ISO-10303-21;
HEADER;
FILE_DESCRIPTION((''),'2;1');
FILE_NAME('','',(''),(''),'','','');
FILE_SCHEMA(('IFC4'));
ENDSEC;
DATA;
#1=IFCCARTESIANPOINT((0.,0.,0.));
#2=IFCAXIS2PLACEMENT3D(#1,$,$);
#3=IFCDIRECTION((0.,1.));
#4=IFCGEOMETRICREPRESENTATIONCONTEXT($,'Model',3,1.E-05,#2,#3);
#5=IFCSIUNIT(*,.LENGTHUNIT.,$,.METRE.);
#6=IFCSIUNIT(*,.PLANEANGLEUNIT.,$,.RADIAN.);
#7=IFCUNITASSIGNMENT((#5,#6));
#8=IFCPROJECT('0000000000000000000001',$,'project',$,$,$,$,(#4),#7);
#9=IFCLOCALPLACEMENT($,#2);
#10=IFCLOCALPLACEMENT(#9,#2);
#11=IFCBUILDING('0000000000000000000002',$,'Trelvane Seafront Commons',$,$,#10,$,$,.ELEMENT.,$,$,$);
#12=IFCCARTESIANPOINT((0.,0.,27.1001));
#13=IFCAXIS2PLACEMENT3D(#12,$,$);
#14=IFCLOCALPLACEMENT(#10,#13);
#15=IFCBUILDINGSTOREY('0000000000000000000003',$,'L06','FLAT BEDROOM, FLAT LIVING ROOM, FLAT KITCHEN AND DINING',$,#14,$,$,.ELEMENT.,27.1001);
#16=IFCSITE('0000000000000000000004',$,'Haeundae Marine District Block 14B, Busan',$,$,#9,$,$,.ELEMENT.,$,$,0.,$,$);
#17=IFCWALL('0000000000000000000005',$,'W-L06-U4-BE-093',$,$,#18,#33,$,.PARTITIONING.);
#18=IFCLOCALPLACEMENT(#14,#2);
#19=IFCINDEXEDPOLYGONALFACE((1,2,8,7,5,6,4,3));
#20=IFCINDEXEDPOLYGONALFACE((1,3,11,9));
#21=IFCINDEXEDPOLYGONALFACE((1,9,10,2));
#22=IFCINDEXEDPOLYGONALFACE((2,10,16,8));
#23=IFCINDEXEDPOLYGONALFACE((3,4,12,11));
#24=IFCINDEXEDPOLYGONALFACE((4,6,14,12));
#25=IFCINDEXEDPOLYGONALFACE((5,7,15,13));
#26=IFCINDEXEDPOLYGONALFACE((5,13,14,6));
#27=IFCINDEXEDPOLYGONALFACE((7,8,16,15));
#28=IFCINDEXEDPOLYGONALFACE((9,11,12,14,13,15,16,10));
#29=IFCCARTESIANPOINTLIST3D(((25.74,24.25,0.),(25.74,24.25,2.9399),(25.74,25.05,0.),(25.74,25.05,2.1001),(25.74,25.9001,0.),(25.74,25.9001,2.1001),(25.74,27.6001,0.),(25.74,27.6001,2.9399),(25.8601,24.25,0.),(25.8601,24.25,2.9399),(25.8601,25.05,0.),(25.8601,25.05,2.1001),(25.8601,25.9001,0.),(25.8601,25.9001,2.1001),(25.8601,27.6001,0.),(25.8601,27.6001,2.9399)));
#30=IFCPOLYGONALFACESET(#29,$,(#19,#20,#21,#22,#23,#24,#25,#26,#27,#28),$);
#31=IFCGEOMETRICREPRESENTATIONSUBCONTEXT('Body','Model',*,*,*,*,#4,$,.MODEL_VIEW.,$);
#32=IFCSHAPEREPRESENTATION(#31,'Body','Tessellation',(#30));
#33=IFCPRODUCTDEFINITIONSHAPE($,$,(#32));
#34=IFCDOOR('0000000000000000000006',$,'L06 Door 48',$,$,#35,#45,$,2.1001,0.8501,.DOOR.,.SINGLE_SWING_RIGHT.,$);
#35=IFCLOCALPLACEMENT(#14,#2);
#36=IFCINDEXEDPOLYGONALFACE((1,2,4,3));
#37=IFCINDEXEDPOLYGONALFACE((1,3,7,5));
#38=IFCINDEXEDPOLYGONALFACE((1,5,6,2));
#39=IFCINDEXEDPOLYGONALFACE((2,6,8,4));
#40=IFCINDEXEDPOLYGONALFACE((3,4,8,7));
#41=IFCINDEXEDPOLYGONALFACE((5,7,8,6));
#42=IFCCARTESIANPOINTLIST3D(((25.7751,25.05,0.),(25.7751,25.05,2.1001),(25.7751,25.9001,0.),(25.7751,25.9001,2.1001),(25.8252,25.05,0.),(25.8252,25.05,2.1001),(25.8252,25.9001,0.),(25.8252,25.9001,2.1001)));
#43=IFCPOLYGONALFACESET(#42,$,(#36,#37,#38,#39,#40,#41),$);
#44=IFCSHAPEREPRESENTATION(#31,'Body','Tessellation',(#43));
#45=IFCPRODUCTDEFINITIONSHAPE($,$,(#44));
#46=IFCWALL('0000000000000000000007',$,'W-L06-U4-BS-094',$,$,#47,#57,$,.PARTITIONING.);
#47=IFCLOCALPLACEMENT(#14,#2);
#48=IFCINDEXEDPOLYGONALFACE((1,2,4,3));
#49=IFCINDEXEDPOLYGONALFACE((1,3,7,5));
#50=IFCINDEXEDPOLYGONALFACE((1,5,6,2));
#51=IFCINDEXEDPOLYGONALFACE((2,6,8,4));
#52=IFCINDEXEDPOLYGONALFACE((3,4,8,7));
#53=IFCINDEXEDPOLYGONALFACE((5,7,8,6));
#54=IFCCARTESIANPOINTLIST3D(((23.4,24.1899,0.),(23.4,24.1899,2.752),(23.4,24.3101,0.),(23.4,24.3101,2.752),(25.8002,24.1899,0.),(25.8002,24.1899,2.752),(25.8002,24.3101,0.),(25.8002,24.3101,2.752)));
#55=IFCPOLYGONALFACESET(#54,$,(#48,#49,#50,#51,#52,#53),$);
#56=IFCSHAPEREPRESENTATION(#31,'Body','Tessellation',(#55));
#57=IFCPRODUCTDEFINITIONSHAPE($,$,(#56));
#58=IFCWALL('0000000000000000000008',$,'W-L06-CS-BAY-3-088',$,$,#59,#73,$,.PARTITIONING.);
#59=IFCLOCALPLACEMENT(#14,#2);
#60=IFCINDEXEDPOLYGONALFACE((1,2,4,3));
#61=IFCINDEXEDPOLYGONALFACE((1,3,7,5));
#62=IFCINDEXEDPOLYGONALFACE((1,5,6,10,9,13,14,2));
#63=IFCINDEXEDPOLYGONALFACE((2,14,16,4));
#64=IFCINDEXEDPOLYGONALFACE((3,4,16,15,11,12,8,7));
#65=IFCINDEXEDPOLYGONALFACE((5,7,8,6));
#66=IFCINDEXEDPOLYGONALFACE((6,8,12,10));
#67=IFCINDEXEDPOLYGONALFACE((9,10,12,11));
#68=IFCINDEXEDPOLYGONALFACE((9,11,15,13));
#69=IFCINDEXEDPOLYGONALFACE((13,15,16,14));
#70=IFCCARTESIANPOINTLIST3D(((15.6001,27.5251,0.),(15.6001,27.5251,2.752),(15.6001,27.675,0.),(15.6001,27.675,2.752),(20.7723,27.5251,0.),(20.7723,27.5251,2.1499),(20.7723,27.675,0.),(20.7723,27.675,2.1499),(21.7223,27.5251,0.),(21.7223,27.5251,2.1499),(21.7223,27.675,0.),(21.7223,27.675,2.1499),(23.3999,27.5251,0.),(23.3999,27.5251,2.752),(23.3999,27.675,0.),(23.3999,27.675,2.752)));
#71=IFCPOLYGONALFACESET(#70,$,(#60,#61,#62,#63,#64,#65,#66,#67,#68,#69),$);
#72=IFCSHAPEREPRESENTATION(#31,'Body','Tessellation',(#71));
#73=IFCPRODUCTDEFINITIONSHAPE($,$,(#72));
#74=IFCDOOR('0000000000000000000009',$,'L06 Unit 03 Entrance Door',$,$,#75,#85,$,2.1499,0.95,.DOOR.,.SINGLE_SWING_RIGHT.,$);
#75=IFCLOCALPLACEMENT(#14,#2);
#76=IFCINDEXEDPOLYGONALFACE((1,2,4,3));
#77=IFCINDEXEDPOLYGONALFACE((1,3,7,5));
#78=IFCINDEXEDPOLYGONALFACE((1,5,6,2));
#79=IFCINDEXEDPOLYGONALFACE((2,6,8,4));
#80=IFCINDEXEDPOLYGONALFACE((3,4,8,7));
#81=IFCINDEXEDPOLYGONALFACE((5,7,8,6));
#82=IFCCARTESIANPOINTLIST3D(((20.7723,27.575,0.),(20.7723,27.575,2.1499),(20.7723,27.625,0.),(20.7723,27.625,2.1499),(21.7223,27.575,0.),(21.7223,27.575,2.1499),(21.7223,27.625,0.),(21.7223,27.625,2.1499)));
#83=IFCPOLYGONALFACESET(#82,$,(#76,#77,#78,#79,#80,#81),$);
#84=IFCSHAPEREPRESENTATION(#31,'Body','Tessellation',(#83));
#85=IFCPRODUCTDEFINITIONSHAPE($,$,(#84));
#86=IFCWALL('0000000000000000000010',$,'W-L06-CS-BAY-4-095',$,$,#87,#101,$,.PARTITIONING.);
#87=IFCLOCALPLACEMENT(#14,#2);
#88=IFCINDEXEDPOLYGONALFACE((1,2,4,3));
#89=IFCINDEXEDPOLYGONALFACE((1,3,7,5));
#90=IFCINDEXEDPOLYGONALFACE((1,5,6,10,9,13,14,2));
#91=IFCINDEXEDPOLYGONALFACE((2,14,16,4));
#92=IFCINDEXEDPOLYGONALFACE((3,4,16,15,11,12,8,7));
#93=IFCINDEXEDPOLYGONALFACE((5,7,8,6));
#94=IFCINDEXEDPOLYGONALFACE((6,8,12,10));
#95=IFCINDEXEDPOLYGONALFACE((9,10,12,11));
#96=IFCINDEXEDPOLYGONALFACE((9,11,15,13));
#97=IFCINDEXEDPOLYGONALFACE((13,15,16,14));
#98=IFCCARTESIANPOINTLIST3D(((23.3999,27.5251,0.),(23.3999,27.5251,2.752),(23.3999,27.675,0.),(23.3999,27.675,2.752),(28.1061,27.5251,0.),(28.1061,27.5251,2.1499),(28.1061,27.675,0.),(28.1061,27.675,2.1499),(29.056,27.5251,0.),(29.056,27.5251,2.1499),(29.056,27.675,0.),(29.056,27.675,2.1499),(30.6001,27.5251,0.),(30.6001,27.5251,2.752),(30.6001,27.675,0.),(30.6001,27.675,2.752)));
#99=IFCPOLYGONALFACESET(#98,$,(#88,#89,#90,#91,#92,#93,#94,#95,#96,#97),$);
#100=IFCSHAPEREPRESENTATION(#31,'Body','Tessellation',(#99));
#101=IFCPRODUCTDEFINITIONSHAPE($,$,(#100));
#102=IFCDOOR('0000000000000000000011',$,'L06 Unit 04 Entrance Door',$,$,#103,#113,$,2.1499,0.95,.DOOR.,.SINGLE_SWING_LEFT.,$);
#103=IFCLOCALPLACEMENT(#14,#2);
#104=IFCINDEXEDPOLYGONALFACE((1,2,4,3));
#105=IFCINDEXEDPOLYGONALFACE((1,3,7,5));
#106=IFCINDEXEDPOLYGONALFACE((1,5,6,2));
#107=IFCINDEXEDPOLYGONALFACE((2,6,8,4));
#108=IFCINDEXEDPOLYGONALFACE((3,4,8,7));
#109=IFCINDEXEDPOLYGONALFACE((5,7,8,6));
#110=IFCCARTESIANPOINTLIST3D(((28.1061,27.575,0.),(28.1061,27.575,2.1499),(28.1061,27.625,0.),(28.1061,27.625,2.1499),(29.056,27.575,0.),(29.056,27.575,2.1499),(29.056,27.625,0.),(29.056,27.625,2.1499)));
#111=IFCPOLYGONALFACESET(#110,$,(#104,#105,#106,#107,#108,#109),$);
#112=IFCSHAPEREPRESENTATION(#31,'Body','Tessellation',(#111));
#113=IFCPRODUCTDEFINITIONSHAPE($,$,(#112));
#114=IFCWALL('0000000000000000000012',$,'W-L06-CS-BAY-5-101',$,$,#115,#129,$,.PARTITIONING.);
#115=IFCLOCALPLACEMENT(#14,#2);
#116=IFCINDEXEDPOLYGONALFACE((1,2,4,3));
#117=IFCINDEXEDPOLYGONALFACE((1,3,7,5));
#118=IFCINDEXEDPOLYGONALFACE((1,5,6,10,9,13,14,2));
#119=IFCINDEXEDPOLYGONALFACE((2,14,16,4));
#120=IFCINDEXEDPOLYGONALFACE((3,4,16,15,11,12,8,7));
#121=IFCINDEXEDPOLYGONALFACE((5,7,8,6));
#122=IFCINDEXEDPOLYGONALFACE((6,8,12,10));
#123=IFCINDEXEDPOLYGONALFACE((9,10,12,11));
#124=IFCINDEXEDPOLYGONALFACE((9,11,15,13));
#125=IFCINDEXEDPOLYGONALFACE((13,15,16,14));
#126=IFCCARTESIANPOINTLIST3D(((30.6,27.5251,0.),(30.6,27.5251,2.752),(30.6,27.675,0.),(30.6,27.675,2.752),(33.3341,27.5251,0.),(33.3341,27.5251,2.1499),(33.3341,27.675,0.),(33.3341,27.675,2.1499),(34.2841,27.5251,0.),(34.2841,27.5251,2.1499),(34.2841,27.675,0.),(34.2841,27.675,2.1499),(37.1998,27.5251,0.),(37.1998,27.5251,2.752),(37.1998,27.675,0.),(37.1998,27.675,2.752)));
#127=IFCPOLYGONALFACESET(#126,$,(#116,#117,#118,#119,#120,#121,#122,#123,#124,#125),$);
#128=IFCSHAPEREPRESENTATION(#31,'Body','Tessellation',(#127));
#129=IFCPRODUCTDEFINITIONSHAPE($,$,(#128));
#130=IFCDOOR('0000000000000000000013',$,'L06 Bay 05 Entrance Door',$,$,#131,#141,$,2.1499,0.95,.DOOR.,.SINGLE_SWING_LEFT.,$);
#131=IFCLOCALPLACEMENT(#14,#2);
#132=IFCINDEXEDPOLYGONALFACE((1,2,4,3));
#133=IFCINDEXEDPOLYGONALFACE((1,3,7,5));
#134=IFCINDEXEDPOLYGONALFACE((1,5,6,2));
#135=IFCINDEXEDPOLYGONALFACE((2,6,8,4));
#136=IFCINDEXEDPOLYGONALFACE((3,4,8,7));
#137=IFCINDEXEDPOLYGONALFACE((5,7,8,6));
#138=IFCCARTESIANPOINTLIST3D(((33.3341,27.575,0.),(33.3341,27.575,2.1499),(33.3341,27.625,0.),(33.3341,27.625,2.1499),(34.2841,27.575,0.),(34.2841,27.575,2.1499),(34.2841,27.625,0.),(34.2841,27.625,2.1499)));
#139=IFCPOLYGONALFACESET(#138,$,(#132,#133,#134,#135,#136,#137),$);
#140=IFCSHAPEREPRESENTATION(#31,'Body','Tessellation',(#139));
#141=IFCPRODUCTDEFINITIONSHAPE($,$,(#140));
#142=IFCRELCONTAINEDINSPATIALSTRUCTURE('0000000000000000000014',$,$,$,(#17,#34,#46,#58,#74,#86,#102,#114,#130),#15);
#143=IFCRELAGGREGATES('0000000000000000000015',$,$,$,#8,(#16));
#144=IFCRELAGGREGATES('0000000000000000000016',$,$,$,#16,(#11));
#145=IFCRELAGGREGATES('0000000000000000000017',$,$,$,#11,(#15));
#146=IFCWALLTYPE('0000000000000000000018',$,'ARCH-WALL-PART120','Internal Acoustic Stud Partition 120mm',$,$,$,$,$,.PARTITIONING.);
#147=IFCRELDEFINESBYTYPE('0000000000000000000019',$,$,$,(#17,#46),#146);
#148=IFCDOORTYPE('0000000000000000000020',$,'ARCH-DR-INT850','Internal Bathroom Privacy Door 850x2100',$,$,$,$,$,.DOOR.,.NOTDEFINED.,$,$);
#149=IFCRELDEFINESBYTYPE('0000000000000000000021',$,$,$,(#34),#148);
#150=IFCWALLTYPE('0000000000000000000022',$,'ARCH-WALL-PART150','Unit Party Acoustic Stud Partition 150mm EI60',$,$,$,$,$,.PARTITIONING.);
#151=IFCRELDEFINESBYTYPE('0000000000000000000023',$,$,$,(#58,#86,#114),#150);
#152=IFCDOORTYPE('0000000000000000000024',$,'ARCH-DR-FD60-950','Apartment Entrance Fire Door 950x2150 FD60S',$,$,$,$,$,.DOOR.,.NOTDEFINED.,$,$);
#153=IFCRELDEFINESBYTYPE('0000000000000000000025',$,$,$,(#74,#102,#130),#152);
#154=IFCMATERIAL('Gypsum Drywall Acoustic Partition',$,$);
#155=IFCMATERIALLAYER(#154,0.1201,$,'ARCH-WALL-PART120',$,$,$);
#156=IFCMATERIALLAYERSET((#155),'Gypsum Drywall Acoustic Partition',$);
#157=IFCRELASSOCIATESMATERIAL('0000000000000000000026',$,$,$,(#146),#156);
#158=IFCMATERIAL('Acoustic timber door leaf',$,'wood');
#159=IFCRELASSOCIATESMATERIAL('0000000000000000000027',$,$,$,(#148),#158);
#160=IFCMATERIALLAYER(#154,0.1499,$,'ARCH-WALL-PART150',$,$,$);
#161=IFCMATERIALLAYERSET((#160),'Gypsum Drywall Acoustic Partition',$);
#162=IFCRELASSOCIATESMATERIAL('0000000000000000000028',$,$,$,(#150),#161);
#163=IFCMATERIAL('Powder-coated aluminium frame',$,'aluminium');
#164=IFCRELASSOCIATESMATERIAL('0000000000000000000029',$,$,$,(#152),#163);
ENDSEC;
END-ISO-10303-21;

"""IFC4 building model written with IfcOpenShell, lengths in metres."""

from ifc_helpers import new_model, si_unit, direction, frame, frame_2d, origin, place, context, subcontext, project, spatial, rectangle, extrude, source, transform, mapped, material, layer, layer_set, type_object, element, fill, save


model = new_model("IFC4")

# Units and contexts
model_context = context("Model", 3, precision=1e-05, world=origin(), true_north=direction((0.0, 1.0)))
body_context = subcontext(model_context, "Body", "Model", "MODEL_VIEW")
ifc_project = project(units=[si_unit("LENGTHUNIT", "METRE"), si_unit("PLANEANGLEUNIT", "RADIAN")], contexts=[model_context])

# Site, building, storey
site_placement = place(None, origin())
site = spatial("IfcSite", under=ifc_project, at=site_placement, Name="Haeundae Marine District Block 14B, Busan", CompositionType="ELEMENT", RefElevation=0.0)
building_placement = place(site_placement, origin())
building = spatial("IfcBuilding", under=site, at=building_placement, Name="Trelvane Seafront Commons", CompositionType="ELEMENT")
storey_placement = place(building_placement, frame((0.0, 0.0, 27.1001)))
storey = spatial("IfcBuildingStorey", under=building, at=storey_placement, Name="L06", Description="FLAT BEDROOM, FLAT LIVING ROOM, FLAT KITCHEN AND DINING", CompositionType="ELEMENT", Elevation=27.1001)

# Shared definitions
ifc_material_1 = material(Name="Gypsum Drywall Acoustic Partition")
ifc_layer_1 = layer(ifc_material_1, 0.1201, Name="ARCH-WALL-PART120")
ifc_layer_set_1 = layer_set([ifc_layer_1], Name="Gypsum Drywall Acoustic Partition")
wall_type_1 = type_object("IfcWallType", Name="ARCH-WALL-PART120", Description="Internal Acoustic Stud Partition 120mm", PredefinedType="PARTITIONING", material=ifc_layer_set_1)
ifc_material_2 = material(Name="Acoustic timber door leaf", Category="wood")
shared_shape_1 = source(origin(), body_context, "Body", "SweptSolid", [
    extrude(rectangle(XDim=0.95, YDim=2.1499, at=frame_2d((0.4751, 1.075))), frame((0.0, 0.0249, 0.0), z_axis=(0.0, -1.0, 0.0), x_axis=(1.0, 0.0, 0.0)), (0.0, 0.0, 1.0), 0.05),
])

# Wall, opening, door
door_type_1 = type_object("IfcDoorType", Name="ARCH-DR-INT850", Description="Internal Bathroom Privacy Door 850x2100", OperationType="NOTDEFINED", PredefinedType="DOOR", material=ifc_material_2)
shared_shape_2 = source(origin(), body_context, "Body", "SweptSolid", [
    extrude(rectangle(XDim=0.8501, YDim=2.1001, at=frame_2d((0.425, 1.05))), frame((0.0, 0.0249, 0.0), z_axis=(0.0, -1.0, 0.0), x_axis=(1.0, 0.0, 0.0)), (0.0, 0.0, 1.0), 0.05),
])
wall_1_placement = place(storey_placement, frame((25.8, 24.25, 0.0), z_axis=(0.0, 0.0, 1.0), x_axis=(0.0, 1.0, 0.0)))
wall_1 = element("IfcWall", 1, at=wall_1_placement, inside=storey, type_object=wall_type_1, Name="W-L06-U4-BE-093", PredefinedType="PARTITIONING", context=body_context, shape_type="SweptSolid", body=[
    extrude(rectangle(XDim=3.3501, YDim=0.1201, at=frame_2d((1.675, 0.0))), origin(), (0.0, 0.0, 1.0), 2.9399),
])
opening_1_placement = place(wall_1_placement, frame((0.8, 0.0, 0.0)))
opening_1 = element("IfcOpeningElement", 2, at=opening_1_placement, cuts=wall_1, PredefinedType="OPENING", context=body_context, shape_type="SweptSolid", body=[
    extrude(rectangle(XDim=0.8501, YDim=2.1001, at=frame_2d((0.425, 1.05))), frame((0.0, 0.0701, 0.0), z_axis=(0.0, -1.0, 0.0), x_axis=(1.0, 0.0, 0.0)), (0.0, 0.0, 1.0), 0.1401),
])
door_1_placement = place(opening_1_placement, origin())
door_1 = element("IfcDoor", 3, at=door_1_placement, inside=storey, type_object=door_type_1, Name="L06 Door 48", OperationType="SINGLE_SWING_RIGHT", OverallHeight=2.1001, OverallWidth=0.8501, PredefinedType="DOOR", context=body_context, shape_type="MappedRepresentation", body=[
    mapped(shared_shape_2, transform((0.0, 0.0, 0.0), x_axis=(1.0, 0.0, 0.0), y_axis=(0.0, 1.0, 0.0), z_axis=(0.0, 0.0, 1.0), scale=1.0)),
])
fill(opening_1, door_1)

# Wall
wall_2_placement = place(storey_placement, frame((23.3999, 24.25, 0.0), z_axis=(0.0, 0.0, 1.0), x_axis=(1.0, 0.0, 0.0)))
element("IfcWall", 4, at=wall_2_placement, inside=storey, type_object=wall_type_1, Name="W-L06-U4-BS-094", PredefinedType="PARTITIONING", context=body_context, shape_type="SweptSolid", body=[
    extrude(rectangle(XDim=2.4001, YDim=0.1201, at=frame_2d((1.2002, 0.0))), origin(), (0.0, 0.0, 1.0), 2.752),
])

# Walls, openings, doors
ifc_layer_2 = layer(ifc_material_1, 0.1499, Name="ARCH-WALL-PART150")
ifc_layer_set_2 = layer_set([ifc_layer_2], Name="Gypsum Drywall Acoustic Partition")
wall_type_2 = type_object("IfcWallType", Name="ARCH-WALL-PART150", Description="Unit Party Acoustic Stud Partition 150mm EI60", PredefinedType="PARTITIONING", material=ifc_layer_set_2)
wall_3_placement = place(storey_placement, frame((15.6001, 27.6001, 0.0), z_axis=(0.0, 0.0, 1.0), x_axis=(1.0, 0.0, 0.0)))
wall_3 = element("IfcWall", 5, at=wall_3_placement, inside=storey, type_object=wall_type_2, Name="W-L06-CS-BAY-3-088", PredefinedType="PARTITIONING", context=body_context, shape_type="SweptSolid", body=[
    extrude(rectangle(XDim=7.7998, YDim=0.1499, at=frame_2d((3.8999, 0.0))), origin(), (0.0, 0.0, 1.0), 2.752),
])
opening_2_placement = place(wall_3_placement, frame((5.1721, 0.0, 0.0)))
opening_2 = element("IfcOpeningElement", 6, at=opening_2_placement, cuts=wall_3, PredefinedType="OPENING", context=body_context, shape_type="SweptSolid", body=[
    extrude(rectangle(XDim=0.95, YDim=2.1499, at=frame_2d((0.4751, 1.075))), frame((0.0, 0.085, 0.0), z_axis=(0.0, -1.0, 0.0), x_axis=(1.0, 0.0, 0.0)), (0.0, 0.0, 1.0), 0.1699),
])
ifc_material_3 = material(Name="Powder-coated aluminium frame", Category="aluminium")
door_type_2 = type_object("IfcDoorType", Name="ARCH-DR-FD60-950", Description="Apartment Entrance Fire Door 950x2150 FD60S", OperationType="NOTDEFINED", PredefinedType="DOOR", material=ifc_material_3)
door_2_placement = place(opening_2_placement, origin())
door_2 = element("IfcDoor", 7, at=door_2_placement, inside=storey, type_object=door_type_2, Name="L06 Unit 03 Entrance Door", OperationType="SINGLE_SWING_RIGHT", OverallHeight=2.1499, OverallWidth=0.95, PredefinedType="DOOR", context=body_context, shape_type="MappedRepresentation", body=[
    mapped(shared_shape_1, transform((0.0, 0.0, 0.0), x_axis=(1.0, 0.0, 0.0), y_axis=(0.0, 1.0, 0.0), z_axis=(0.0, 0.0, 1.0), scale=1.0)),
])
fill(opening_2, door_2)
wall_4_placement = place(storey_placement, frame((23.3999, 27.6001, 0.0), z_axis=(0.0, 0.0, 1.0), x_axis=(1.0, 0.0, 0.0)))
wall_4 = element("IfcWall", 8, at=wall_4_placement, inside=storey, type_object=wall_type_2, Name="W-L06-CS-BAY-4-095", PredefinedType="PARTITIONING", context=body_context, shape_type="SweptSolid", body=[
    extrude(rectangle(XDim=7.2002, YDim=0.1499, at=frame_2d((3.6001, 0.0))), origin(), (0.0, 0.0, 1.0), 2.752),
])
opening_3_placement = place(wall_4_placement, frame((4.7061, 0.0, 0.0)))
opening_3 = element("IfcOpeningElement", 9, at=opening_3_placement, cuts=wall_4, PredefinedType="OPENING", context=body_context, shape_type="SweptSolid", body=[
    extrude(rectangle(XDim=0.95, YDim=2.1499, at=frame_2d((0.4751, 1.075))), frame((0.0, 0.085, 0.0), z_axis=(0.0, -1.0, 0.0), x_axis=(1.0, 0.0, 0.0)), (0.0, 0.0, 1.0), 0.1699),
])
door_3_placement = place(opening_3_placement, origin())
door_3 = element("IfcDoor", 10, at=door_3_placement, inside=storey, type_object=door_type_2, Name="L06 Unit 04 Entrance Door", OperationType="SINGLE_SWING_LEFT", OverallHeight=2.1499, OverallWidth=0.95, PredefinedType="DOOR", context=body_context, shape_type="MappedRepresentation", body=[
    mapped(shared_shape_1, transform((0.0, 0.0, 0.0), x_axis=(1.0, 0.0, 0.0), y_axis=(0.0, 1.0, 0.0), z_axis=(0.0, 0.0, 1.0), scale=1.0)),
])
fill(opening_3, door_3)
wall_5_placement = place(storey_placement, frame((30.6001, 27.6001, 0.0), z_axis=(0.0, 0.0, 1.0), x_axis=(1.0, 0.0, 0.0)))
wall_5 = element("IfcWall", 11, at=wall_5_placement, inside=storey, type_object=wall_type_2, Name="W-L06-CS-BAY-5-101", PredefinedType="PARTITIONING", context=body_context, shape_type="SweptSolid", body=[
    extrude(rectangle(XDim=6.5999, YDim=0.1499, at=frame_2d((3.2998, 0.0))), origin(), (0.0, 0.0, 1.0), 2.752),
])
opening_4_placement = place(wall_5_placement, frame((2.7339, 0.0, 0.0)))
opening_4 = element("IfcOpeningElement", 12, at=opening_4_placement, cuts=wall_5, PredefinedType="OPENING", context=body_context, shape_type="SweptSolid", body=[
    extrude(rectangle(XDim=0.95, YDim=2.1499, at=frame_2d((0.4751, 1.075))), frame((0.0, 0.085, 0.0), z_axis=(0.0, -1.0, 0.0), x_axis=(1.0, 0.0, 0.0)), (0.0, 0.0, 1.0), 0.1699),
])
door_4_placement = place(opening_4_placement, origin())
door_4 = element("IfcDoor", 13, at=door_4_placement, inside=storey, type_object=door_type_2, Name="L06 Bay 05 Entrance Door", OperationType="SINGLE_SWING_LEFT", OverallHeight=2.1499, OverallWidth=0.95, PredefinedType="DOOR", context=body_context, shape_type="MappedRepresentation", body=[
    mapped(shared_shape_1, transform((0.0, 0.0, 0.0), x_axis=(1.0, 0.0, 0.0), y_axis=(0.0, 1.0, 0.0), z_axis=(0.0, 0.0, 1.0), scale=1.0)),
])
fill(opening_4, door_4)

save(model, "model.ifc")
